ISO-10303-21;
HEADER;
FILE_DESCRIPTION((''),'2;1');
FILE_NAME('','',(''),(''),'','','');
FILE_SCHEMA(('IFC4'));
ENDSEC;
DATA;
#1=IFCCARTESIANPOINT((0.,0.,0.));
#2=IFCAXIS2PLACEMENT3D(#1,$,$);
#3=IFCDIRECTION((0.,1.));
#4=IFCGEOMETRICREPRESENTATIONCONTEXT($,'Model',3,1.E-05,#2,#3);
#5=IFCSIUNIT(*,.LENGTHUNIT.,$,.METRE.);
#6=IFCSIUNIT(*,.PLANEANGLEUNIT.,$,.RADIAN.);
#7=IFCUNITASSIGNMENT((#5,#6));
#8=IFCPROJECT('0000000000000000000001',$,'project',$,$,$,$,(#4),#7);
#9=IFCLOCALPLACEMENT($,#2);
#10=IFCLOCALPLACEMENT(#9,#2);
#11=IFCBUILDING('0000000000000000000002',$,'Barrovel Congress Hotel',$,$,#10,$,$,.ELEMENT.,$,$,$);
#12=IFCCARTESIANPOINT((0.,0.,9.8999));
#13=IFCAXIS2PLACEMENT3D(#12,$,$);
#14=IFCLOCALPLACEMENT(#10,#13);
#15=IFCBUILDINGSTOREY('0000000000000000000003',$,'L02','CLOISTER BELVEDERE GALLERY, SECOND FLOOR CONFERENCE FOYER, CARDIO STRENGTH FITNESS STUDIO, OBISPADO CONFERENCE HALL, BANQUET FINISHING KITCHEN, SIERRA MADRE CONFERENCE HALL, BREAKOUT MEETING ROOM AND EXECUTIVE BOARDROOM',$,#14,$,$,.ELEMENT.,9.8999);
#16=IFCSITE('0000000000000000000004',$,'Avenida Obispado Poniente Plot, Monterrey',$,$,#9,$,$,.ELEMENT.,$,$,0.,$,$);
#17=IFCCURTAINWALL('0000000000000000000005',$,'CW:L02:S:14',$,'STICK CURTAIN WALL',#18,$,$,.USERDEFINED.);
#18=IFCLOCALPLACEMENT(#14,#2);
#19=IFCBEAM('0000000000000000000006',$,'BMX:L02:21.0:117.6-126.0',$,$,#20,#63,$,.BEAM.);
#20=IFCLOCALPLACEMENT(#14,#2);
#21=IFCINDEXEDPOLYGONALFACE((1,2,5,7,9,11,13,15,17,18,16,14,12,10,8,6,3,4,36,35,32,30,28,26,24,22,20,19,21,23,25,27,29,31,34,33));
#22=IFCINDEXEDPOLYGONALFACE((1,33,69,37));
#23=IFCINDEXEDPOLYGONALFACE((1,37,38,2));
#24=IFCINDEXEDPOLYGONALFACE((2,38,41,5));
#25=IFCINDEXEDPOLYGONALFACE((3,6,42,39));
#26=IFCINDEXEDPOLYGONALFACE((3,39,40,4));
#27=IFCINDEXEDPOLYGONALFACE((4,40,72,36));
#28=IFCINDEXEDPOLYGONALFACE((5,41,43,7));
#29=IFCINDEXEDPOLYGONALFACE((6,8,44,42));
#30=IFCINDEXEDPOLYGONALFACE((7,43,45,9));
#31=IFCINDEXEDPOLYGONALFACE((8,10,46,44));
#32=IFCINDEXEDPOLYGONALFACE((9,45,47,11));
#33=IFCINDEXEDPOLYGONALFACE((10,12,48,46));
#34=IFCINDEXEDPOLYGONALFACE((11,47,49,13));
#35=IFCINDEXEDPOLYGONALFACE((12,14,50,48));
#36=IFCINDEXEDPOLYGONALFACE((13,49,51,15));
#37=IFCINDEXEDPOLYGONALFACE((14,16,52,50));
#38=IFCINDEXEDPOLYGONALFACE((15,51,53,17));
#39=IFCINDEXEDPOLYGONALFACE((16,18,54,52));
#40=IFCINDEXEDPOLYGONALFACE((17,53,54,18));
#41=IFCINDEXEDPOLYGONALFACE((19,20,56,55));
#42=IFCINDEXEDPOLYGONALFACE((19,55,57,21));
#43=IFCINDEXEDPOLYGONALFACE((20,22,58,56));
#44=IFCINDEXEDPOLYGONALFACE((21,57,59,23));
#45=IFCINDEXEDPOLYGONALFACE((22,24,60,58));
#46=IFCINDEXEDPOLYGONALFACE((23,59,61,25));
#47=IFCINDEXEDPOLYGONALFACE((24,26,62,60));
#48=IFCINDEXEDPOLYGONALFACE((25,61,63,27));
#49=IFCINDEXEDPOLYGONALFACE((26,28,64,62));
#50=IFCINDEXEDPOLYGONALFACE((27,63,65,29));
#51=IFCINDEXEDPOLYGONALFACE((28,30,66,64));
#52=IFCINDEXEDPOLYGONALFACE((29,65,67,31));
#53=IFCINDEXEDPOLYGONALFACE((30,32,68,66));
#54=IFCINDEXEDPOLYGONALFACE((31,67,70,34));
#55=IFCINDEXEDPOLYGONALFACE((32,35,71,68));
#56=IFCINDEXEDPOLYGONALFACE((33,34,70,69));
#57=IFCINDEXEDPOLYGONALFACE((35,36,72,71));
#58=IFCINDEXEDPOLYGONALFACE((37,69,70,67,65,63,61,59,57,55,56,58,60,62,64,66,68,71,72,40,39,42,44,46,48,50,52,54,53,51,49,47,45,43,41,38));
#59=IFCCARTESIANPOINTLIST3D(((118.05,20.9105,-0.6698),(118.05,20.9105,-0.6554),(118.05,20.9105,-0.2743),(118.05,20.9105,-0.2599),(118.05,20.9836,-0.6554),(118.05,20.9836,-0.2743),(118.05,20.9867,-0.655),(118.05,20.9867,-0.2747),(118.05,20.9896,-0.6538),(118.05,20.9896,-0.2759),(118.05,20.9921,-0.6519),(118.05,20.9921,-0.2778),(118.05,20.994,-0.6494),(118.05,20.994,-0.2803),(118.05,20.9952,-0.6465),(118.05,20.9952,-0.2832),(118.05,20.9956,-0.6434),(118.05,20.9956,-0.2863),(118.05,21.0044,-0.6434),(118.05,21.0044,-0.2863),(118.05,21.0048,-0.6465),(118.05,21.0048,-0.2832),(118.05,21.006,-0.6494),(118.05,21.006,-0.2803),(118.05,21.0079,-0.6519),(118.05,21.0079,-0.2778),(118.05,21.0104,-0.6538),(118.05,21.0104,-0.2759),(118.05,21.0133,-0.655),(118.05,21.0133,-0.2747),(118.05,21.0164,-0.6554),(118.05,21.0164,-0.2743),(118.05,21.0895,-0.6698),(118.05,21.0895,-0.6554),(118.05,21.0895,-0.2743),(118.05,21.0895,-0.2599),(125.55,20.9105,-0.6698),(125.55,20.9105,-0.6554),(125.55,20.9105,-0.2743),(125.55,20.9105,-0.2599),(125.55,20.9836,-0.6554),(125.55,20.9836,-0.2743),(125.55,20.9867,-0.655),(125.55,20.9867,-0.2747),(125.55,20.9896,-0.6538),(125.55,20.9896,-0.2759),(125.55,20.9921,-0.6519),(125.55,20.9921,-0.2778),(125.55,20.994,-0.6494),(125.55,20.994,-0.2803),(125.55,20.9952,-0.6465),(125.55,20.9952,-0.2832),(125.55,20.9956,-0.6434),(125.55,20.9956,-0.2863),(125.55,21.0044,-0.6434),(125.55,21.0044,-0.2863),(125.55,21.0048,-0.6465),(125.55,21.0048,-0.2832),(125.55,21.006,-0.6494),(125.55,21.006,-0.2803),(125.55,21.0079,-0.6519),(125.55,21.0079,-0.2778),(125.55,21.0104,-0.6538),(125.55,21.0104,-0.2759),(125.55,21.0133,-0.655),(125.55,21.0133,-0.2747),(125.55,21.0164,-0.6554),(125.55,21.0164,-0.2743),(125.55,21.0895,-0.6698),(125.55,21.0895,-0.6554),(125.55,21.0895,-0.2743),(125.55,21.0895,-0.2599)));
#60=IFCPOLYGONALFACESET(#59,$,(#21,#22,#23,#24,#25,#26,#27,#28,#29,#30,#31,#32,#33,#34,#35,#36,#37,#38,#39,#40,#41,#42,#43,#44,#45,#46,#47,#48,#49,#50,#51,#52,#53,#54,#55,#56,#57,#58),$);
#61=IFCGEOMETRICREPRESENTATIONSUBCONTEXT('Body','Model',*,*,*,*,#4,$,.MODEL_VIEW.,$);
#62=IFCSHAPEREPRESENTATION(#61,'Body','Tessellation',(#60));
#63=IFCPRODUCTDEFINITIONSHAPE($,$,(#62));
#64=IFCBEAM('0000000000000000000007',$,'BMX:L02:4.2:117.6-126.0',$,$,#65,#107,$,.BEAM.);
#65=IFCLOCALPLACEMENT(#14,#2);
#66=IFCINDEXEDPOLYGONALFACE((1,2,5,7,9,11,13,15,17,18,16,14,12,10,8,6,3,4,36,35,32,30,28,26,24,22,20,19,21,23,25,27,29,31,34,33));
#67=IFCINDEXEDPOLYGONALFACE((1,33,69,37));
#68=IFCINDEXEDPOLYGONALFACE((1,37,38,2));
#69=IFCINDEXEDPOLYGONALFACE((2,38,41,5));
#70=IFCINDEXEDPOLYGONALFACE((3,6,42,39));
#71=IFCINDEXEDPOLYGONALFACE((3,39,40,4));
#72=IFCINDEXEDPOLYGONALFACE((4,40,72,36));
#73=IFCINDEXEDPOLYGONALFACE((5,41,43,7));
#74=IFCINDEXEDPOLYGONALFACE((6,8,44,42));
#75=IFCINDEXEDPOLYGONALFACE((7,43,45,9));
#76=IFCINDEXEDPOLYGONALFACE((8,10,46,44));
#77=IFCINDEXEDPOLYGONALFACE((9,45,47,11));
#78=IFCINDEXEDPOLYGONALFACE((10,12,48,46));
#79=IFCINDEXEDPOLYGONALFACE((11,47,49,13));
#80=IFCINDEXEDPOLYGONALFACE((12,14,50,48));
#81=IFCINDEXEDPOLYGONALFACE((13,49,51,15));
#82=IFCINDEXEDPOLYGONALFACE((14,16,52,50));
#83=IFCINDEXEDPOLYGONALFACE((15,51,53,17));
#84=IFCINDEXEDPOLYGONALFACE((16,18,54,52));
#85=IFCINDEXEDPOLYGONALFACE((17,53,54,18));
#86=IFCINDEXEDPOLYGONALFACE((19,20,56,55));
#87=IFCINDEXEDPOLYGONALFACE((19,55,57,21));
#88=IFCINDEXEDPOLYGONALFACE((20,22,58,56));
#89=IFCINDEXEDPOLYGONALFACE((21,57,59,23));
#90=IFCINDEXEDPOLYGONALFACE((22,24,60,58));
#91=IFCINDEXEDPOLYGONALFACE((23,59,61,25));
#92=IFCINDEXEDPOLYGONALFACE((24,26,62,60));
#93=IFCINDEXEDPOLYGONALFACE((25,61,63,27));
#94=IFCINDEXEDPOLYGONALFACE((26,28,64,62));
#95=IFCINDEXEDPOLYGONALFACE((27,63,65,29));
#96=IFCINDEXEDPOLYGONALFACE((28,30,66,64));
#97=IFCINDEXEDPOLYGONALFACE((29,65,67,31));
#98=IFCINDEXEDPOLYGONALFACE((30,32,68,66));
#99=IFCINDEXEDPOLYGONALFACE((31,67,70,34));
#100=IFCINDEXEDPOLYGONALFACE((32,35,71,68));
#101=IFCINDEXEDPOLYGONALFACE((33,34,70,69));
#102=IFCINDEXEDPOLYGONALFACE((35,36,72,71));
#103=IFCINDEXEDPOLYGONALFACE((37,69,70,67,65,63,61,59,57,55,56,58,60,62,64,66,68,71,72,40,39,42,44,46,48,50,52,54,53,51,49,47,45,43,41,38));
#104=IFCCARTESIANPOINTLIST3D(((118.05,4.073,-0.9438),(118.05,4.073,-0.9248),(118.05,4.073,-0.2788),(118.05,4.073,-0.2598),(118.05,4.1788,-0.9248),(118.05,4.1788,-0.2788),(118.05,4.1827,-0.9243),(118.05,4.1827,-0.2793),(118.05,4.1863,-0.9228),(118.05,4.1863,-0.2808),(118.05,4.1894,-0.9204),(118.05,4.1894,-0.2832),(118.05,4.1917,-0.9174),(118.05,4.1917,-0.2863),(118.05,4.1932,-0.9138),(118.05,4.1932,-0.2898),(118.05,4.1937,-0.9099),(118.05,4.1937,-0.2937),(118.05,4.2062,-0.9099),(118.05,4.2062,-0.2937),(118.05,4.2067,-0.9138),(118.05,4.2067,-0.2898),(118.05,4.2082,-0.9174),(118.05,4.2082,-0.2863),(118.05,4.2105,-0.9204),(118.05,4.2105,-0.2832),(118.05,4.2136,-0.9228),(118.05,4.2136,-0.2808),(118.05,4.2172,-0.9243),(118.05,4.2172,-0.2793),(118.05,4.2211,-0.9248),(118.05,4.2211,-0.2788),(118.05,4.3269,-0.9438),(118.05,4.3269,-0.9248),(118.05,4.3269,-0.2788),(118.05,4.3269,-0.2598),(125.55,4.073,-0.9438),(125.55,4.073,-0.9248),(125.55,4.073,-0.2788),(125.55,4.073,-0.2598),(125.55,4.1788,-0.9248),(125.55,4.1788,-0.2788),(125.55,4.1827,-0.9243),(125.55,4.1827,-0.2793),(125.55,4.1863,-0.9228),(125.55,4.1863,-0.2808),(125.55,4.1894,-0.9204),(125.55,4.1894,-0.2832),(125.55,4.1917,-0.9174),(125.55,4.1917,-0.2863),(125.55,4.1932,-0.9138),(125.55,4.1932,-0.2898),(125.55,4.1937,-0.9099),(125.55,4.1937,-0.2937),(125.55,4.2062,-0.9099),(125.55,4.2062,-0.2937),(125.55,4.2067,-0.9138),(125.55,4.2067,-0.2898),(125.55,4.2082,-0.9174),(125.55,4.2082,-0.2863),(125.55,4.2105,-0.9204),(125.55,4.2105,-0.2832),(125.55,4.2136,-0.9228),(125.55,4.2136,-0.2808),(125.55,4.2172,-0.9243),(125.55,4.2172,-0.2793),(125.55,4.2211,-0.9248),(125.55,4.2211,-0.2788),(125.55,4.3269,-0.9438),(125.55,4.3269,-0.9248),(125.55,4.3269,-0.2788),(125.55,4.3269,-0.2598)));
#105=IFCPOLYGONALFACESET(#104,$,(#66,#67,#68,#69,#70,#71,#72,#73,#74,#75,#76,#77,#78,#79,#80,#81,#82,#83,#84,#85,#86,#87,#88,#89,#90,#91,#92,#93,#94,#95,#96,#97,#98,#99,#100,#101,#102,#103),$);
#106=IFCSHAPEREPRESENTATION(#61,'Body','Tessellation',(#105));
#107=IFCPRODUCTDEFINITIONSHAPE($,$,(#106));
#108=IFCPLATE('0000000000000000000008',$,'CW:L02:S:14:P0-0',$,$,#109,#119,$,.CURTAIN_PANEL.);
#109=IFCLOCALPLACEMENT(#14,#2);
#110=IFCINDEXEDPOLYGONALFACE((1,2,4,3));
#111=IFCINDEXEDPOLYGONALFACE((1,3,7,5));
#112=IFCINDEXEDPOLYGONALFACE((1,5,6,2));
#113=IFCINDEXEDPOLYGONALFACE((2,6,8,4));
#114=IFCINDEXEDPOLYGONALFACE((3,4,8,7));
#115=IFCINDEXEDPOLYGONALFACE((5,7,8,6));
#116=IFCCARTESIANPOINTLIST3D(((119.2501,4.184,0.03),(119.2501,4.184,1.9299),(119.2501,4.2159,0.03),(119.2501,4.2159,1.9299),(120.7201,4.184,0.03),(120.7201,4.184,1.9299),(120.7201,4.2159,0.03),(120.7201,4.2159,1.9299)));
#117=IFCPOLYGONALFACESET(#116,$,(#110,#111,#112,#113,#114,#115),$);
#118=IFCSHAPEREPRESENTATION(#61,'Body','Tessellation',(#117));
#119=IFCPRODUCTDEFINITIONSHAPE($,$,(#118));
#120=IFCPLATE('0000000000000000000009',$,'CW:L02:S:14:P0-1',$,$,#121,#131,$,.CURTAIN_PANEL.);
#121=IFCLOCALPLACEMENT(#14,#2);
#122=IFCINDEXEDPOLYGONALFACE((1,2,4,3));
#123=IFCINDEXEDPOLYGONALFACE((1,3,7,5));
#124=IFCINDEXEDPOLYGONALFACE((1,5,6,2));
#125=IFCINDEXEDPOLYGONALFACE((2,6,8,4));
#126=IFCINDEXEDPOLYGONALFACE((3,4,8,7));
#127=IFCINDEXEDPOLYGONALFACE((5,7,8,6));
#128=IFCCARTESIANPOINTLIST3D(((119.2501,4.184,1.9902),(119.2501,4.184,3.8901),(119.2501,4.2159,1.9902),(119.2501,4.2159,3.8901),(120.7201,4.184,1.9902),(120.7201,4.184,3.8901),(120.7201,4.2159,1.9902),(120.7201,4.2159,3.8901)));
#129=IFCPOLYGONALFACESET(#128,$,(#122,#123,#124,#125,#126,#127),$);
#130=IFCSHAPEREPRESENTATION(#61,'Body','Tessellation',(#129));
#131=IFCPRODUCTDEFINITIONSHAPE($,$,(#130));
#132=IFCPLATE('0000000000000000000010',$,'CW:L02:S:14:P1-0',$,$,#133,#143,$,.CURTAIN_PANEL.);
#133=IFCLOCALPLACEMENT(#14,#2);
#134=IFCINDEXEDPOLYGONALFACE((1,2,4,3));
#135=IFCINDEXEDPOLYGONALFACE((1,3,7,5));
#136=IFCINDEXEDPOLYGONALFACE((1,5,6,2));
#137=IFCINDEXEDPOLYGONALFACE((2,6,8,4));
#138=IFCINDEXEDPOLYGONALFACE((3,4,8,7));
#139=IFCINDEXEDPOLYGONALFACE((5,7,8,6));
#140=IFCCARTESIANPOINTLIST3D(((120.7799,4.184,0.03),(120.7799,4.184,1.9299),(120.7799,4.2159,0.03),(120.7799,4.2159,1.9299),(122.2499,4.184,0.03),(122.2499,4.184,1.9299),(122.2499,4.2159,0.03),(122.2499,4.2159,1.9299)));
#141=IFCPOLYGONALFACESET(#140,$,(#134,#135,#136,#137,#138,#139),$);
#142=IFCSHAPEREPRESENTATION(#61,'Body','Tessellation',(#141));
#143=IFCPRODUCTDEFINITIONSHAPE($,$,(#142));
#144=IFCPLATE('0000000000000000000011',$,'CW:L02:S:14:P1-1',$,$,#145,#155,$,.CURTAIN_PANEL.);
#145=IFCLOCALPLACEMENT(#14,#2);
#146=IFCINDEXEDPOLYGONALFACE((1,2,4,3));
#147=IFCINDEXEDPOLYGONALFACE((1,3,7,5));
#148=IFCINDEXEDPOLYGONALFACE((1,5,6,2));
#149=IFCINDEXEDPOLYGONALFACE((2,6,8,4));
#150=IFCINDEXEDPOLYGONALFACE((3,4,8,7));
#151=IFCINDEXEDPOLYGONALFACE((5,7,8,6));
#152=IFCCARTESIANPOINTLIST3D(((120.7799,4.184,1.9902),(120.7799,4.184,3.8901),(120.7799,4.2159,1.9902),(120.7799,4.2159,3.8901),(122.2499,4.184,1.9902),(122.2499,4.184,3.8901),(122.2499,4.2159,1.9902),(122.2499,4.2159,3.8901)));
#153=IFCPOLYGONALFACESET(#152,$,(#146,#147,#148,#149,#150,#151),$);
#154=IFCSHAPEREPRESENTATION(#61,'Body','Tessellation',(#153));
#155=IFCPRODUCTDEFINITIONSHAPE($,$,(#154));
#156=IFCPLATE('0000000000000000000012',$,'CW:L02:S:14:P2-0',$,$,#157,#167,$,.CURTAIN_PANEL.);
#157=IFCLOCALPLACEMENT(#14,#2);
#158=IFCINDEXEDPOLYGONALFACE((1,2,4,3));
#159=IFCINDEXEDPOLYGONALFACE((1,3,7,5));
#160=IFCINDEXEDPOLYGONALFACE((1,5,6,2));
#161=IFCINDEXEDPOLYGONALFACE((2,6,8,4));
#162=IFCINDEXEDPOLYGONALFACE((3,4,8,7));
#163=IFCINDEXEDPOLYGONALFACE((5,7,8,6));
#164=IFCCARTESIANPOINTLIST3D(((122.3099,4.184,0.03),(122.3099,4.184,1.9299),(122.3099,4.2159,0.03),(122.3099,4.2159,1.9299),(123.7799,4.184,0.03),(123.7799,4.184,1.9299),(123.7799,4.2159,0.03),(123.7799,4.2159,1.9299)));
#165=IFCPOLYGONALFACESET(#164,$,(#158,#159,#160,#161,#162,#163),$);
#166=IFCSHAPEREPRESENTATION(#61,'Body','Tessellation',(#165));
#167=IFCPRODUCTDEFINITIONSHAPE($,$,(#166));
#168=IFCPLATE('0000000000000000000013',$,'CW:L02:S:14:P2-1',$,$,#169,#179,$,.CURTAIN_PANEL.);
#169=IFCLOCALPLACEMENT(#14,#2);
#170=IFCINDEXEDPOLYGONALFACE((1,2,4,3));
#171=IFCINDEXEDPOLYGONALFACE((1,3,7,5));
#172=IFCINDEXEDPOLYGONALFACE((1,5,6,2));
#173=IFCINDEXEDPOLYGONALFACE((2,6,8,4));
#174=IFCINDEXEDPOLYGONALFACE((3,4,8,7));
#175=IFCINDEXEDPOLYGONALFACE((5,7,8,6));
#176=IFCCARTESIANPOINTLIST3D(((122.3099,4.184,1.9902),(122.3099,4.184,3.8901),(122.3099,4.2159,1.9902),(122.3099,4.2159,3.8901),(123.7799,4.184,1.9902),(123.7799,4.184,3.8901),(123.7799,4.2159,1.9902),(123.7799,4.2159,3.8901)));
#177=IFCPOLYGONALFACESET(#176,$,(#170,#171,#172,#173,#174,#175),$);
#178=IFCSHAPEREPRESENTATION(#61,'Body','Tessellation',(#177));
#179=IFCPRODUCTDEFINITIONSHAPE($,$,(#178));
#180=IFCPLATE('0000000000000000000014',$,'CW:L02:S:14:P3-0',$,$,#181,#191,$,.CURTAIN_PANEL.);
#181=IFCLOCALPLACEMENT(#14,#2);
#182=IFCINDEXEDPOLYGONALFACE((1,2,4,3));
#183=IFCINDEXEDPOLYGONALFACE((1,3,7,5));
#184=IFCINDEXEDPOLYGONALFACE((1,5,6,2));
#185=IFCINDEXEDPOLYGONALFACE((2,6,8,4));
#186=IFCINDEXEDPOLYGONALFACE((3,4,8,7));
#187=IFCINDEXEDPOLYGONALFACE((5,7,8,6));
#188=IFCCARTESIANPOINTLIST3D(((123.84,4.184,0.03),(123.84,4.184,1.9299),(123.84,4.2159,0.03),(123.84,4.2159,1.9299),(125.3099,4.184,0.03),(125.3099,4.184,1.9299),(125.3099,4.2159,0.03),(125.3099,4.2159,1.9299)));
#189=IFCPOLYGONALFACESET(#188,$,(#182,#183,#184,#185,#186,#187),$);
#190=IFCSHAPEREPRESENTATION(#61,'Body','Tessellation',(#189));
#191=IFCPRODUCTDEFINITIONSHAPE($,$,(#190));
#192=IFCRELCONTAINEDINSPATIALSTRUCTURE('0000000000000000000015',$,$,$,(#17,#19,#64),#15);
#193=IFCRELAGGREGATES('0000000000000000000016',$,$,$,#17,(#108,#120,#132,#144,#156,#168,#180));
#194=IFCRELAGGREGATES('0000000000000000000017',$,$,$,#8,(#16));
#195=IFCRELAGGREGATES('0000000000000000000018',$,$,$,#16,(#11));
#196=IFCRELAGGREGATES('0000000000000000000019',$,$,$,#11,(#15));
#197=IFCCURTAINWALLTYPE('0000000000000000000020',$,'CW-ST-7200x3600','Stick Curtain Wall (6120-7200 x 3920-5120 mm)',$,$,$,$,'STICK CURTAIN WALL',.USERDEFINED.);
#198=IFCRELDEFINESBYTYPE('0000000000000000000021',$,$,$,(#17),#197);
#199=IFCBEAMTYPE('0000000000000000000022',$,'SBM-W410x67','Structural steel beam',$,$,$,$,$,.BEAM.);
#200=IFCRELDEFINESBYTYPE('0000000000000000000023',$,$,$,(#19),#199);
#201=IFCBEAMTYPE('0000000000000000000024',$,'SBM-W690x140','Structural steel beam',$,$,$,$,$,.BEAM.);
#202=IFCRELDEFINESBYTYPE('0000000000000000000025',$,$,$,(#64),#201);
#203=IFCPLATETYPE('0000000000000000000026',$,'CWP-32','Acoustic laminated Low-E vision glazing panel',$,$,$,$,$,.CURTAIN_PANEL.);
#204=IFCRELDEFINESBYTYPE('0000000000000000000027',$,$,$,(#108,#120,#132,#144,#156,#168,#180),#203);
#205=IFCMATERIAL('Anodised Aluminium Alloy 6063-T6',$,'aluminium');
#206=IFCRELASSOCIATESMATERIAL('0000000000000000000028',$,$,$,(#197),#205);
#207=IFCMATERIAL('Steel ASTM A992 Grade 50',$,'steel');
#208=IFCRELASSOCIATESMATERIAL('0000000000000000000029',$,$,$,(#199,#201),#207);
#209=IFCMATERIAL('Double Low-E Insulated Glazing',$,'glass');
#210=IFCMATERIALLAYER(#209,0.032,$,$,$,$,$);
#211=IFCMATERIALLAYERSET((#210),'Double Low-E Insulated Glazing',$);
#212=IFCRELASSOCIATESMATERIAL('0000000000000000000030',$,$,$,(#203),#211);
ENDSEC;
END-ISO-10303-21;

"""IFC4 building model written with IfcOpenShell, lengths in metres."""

from ifc_helpers import new_model, si_unit, direction, frame, origin, origin_2d, place, context, subcontext, project, spatial, rectangle, i_section, extrude, material, layer, layer_set, material_profile, profile_set, type_object, element, aggregate, save


model = new_model("IFC4")

# Units and contexts
model_context = context("Model", 3, precision=1e-05, world=origin(), true_north=direction((0.0, 1.0)))
body_context = subcontext(model_context, "Body", "Model", "MODEL_VIEW")
ifc_project = project(units=[si_unit("LENGTHUNIT", "METRE"), si_unit("PLANEANGLEUNIT", "RADIAN")], contexts=[model_context])

# Site, building, storey
site_placement = place(None, origin())
site = spatial("IfcSite", under=ifc_project, at=site_placement, Name="Avenida Obispado Poniente Plot, Monterrey", CompositionType="ELEMENT", RefElevation=0.0)
building_placement = place(site_placement, origin())
building = spatial("IfcBuilding", under=site, at=building_placement, Name="Barrovel Congress Hotel", CompositionType="ELEMENT")
storey_placement = place(building_placement, frame((0.0, 0.0, 9.8999)))
storey = spatial("IfcBuildingStorey", under=building, at=storey_placement, Name="L02", Description="CLOISTER BELVEDERE GALLERY, SECOND FLOOR CONFERENCE FOYER, CARDIO STRENGTH FITNESS STUDIO, OBISPADO CONFERENCE HALL, BANQUET FINISHING KITCHEN, SIERRA MADRE CONFERENCE HALL, BREAKOUT MEETING ROOM AND EXECUTIVE BOARDROOM", CompositionType="ELEMENT", Elevation=9.8999)

# Curtain wall
ifc_material_1 = material(Name="Anodised Aluminium Alloy 6063-T6", Category="aluminium")
curtain_wall_type = type_object("IfcCurtainWallType", Name="CW-ST-7200x3600", Description="Stick Curtain Wall (6120-7200 x 3920-5120 mm)", ElementType="STICK CURTAIN WALL", PredefinedType="USERDEFINED", material=ifc_material_1)
curtain_wall_placement = place(storey_placement, origin())
curtain_wall = element("IfcCurtainWall", 1, at=curtain_wall_placement, inside=storey, type_object=curtain_wall_type, Name="CW:L02:S:14", ObjectType="STICK CURTAIN WALL", PredefinedType="USERDEFINED")

# Beams
ifc_material_2 = material(Name="Steel ASTM A992 Grade 50", Category="steel")
ifc_material_profile_1 = material_profile(ifc_material_2, i_section(OverallWidth=0.179, OverallDepth=0.4099, WebThickness=0.0088, FlangeThickness=0.0144, FilletRadius=0.012, at=origin_2d()), Name="W410x67")
ifc_profile_set_1 = profile_set([ifc_material_profile_1], Name="Steel ASTM A992 Grade 50")
beam_type_1 = type_object("IfcBeamType", Name="SBM-W410x67", Description="Structural steel beam", PredefinedType="BEAM", material=ifc_profile_set_1)
beam_1_placement = place(storey_placement, frame((118.05, 21.0, -0.4648), z_axis=(1.0, 0.0, 0.0), x_axis=(0.0, 1.0, 0.0)))
element("IfcBeam", 2, at=beam_1_placement, inside=storey, type_object=beam_type_1, Name="BMX:L02:21.0:117.6-126.0", PredefinedType="BEAM", context=body_context, shape_type="SweptSolid", body=[
    extrude(i_section(OverallWidth=0.179, OverallDepth=0.4099, WebThickness=0.0088, FlangeThickness=0.0144, FilletRadius=0.012, at=origin_2d()), origin(), (0.0, 0.0, 1.0), 7.5),
])
ifc_material_profile_2 = material_profile(ifc_material_2, i_section(OverallWidth=0.2539, OverallDepth=0.6841, WebThickness=0.0125, FlangeThickness=0.019, FilletRadius=0.0149, at=origin_2d()), Name="W690x140")
ifc_profile_set_2 = profile_set([ifc_material_profile_2], Name="Steel ASTM A992 Grade 50")
beam_type_2 = type_object("IfcBeamType", Name="SBM-W690x140", Description="Structural steel beam", PredefinedType="BEAM", material=ifc_profile_set_2)
beam_2_placement = place(storey_placement, frame((118.05, 4.2, -0.6018), z_axis=(1.0, 0.0, 0.0), x_axis=(0.0, 1.0, 0.0)))
element("IfcBeam", 3, at=beam_2_placement, inside=storey, type_object=beam_type_2, Name="BMX:L02:4.2:117.6-126.0", PredefinedType="BEAM", context=body_context, shape_type="SweptSolid", body=[
    extrude(i_section(OverallWidth=0.2539, OverallDepth=0.6841, WebThickness=0.0125, FlangeThickness=0.019, FilletRadius=0.0149, at=origin_2d()), origin(), (0.0, 0.0, 1.0), 7.5),
])

# Plates
ifc_material_3 = material(Name="Double Low-E Insulated Glazing", Category="glass")
ifc_layer_1 = layer(ifc_material_3, 0.032)
ifc_layer_set_1 = layer_set([ifc_layer_1], Name="Double Low-E Insulated Glazing")
plate_type = type_object("IfcPlateType", Name="CWP-32", Description="Acoustic laminated Low-E vision glazing panel", PredefinedType="CURTAIN_PANEL", material=ifc_layer_set_1)
plate_1_placement = place(storey_placement, frame((119.9851, 4.2, 0.03), z_axis=(0.0, 0.0, 1.0), x_axis=(1.0, 0.0, 0.0)))
plate_1 = element("IfcPlate", 4, at=plate_1_placement, type_object=plate_type, Name="CW:L02:S:14:P0-0", PredefinedType="CURTAIN_PANEL", context=body_context, shape_type="SweptSolid", body=[
    extrude(rectangle(XDim=1.47, YDim=0.032, at=origin_2d()), origin(), (0.0, 0.0, 1.0), 1.8999),
])
plate_2_placement = place(storey_placement, frame((119.9851, 4.2, 1.9902), z_axis=(0.0, 0.0, 1.0), x_axis=(1.0, 0.0, 0.0)))
plate_2 = element("IfcPlate", 5, at=plate_2_placement, type_object=plate_type, Name="CW:L02:S:14:P0-1", PredefinedType="CURTAIN_PANEL", context=body_context, shape_type="SweptSolid", body=[
    extrude(rectangle(XDim=1.47, YDim=0.032, at=origin_2d()), origin(), (0.0, 0.0, 1.0), 1.8999),
])
plate_3_placement = place(storey_placement, frame((121.5149, 4.2, 0.03), z_axis=(0.0, 0.0, 1.0), x_axis=(1.0, 0.0, 0.0)))
plate_3 = element("IfcPlate", 6, at=plate_3_placement, type_object=plate_type, Name="CW:L02:S:14:P1-0", PredefinedType="CURTAIN_PANEL", context=body_context, shape_type="SweptSolid", body=[
    extrude(rectangle(XDim=1.47, YDim=0.032, at=origin_2d()), origin(), (0.0, 0.0, 1.0), 1.8999),
])
plate_4_placement = place(storey_placement, frame((121.5149, 4.2, 1.9902), z_axis=(0.0, 0.0, 1.0), x_axis=(1.0, 0.0, 0.0)))
plate_4 = element("IfcPlate", 7, at=plate_4_placement, type_object=plate_type, Name="CW:L02:S:14:P1-1", PredefinedType="CURTAIN_PANEL", context=body_context, shape_type="SweptSolid", body=[
    extrude(rectangle(XDim=1.47, YDim=0.032, at=origin_2d()), origin(), (0.0, 0.0, 1.0), 1.8999),
])
plate_5_placement = place(storey_placement, frame((123.0449, 4.2, 0.03), z_axis=(0.0, 0.0, 1.0), x_axis=(1.0, 0.0, 0.0)))
plate_5 = element("IfcPlate", 8, at=plate_5_placement, type_object=plate_type, Name="CW:L02:S:14:P2-0", PredefinedType="CURTAIN_PANEL", context=body_context, shape_type="SweptSolid", body=[
    extrude(rectangle(XDim=1.47, YDim=0.032, at=origin_2d()), origin(), (0.0, 0.0, 1.0), 1.8999),
])
plate_6_placement = place(storey_placement, frame((123.0449, 4.2, 1.9902), z_axis=(0.0, 0.0, 1.0), x_axis=(1.0, 0.0, 0.0)))
plate_6 = element("IfcPlate", 9, at=plate_6_placement, type_object=plate_type, Name="CW:L02:S:14:P2-1", PredefinedType="CURTAIN_PANEL", context=body_context, shape_type="SweptSolid", body=[
    extrude(rectangle(XDim=1.47, YDim=0.032, at=origin_2d()), origin(), (0.0, 0.0, 1.0), 1.8999),
])
plate_7_placement = place(storey_placement, frame((124.575, 4.2, 0.03), z_axis=(0.0, 0.0, 1.0), x_axis=(1.0, 0.0, 0.0)))
plate_7 = element("IfcPlate", 10, at=plate_7_placement, type_object=plate_type, Name="CW:L02:S:14:P3-0", PredefinedType="CURTAIN_PANEL", context=body_context, shape_type="SweptSolid", body=[
    extrude(rectangle(XDim=1.47, YDim=0.032, at=origin_2d()), origin(), (0.0, 0.0, 1.0), 1.8999),
])
aggregate(curtain_wall, [plate_1, plate_2, plate_3, plate_4, plate_5, plate_6, plate_7])

save(model, "model.ifc")
